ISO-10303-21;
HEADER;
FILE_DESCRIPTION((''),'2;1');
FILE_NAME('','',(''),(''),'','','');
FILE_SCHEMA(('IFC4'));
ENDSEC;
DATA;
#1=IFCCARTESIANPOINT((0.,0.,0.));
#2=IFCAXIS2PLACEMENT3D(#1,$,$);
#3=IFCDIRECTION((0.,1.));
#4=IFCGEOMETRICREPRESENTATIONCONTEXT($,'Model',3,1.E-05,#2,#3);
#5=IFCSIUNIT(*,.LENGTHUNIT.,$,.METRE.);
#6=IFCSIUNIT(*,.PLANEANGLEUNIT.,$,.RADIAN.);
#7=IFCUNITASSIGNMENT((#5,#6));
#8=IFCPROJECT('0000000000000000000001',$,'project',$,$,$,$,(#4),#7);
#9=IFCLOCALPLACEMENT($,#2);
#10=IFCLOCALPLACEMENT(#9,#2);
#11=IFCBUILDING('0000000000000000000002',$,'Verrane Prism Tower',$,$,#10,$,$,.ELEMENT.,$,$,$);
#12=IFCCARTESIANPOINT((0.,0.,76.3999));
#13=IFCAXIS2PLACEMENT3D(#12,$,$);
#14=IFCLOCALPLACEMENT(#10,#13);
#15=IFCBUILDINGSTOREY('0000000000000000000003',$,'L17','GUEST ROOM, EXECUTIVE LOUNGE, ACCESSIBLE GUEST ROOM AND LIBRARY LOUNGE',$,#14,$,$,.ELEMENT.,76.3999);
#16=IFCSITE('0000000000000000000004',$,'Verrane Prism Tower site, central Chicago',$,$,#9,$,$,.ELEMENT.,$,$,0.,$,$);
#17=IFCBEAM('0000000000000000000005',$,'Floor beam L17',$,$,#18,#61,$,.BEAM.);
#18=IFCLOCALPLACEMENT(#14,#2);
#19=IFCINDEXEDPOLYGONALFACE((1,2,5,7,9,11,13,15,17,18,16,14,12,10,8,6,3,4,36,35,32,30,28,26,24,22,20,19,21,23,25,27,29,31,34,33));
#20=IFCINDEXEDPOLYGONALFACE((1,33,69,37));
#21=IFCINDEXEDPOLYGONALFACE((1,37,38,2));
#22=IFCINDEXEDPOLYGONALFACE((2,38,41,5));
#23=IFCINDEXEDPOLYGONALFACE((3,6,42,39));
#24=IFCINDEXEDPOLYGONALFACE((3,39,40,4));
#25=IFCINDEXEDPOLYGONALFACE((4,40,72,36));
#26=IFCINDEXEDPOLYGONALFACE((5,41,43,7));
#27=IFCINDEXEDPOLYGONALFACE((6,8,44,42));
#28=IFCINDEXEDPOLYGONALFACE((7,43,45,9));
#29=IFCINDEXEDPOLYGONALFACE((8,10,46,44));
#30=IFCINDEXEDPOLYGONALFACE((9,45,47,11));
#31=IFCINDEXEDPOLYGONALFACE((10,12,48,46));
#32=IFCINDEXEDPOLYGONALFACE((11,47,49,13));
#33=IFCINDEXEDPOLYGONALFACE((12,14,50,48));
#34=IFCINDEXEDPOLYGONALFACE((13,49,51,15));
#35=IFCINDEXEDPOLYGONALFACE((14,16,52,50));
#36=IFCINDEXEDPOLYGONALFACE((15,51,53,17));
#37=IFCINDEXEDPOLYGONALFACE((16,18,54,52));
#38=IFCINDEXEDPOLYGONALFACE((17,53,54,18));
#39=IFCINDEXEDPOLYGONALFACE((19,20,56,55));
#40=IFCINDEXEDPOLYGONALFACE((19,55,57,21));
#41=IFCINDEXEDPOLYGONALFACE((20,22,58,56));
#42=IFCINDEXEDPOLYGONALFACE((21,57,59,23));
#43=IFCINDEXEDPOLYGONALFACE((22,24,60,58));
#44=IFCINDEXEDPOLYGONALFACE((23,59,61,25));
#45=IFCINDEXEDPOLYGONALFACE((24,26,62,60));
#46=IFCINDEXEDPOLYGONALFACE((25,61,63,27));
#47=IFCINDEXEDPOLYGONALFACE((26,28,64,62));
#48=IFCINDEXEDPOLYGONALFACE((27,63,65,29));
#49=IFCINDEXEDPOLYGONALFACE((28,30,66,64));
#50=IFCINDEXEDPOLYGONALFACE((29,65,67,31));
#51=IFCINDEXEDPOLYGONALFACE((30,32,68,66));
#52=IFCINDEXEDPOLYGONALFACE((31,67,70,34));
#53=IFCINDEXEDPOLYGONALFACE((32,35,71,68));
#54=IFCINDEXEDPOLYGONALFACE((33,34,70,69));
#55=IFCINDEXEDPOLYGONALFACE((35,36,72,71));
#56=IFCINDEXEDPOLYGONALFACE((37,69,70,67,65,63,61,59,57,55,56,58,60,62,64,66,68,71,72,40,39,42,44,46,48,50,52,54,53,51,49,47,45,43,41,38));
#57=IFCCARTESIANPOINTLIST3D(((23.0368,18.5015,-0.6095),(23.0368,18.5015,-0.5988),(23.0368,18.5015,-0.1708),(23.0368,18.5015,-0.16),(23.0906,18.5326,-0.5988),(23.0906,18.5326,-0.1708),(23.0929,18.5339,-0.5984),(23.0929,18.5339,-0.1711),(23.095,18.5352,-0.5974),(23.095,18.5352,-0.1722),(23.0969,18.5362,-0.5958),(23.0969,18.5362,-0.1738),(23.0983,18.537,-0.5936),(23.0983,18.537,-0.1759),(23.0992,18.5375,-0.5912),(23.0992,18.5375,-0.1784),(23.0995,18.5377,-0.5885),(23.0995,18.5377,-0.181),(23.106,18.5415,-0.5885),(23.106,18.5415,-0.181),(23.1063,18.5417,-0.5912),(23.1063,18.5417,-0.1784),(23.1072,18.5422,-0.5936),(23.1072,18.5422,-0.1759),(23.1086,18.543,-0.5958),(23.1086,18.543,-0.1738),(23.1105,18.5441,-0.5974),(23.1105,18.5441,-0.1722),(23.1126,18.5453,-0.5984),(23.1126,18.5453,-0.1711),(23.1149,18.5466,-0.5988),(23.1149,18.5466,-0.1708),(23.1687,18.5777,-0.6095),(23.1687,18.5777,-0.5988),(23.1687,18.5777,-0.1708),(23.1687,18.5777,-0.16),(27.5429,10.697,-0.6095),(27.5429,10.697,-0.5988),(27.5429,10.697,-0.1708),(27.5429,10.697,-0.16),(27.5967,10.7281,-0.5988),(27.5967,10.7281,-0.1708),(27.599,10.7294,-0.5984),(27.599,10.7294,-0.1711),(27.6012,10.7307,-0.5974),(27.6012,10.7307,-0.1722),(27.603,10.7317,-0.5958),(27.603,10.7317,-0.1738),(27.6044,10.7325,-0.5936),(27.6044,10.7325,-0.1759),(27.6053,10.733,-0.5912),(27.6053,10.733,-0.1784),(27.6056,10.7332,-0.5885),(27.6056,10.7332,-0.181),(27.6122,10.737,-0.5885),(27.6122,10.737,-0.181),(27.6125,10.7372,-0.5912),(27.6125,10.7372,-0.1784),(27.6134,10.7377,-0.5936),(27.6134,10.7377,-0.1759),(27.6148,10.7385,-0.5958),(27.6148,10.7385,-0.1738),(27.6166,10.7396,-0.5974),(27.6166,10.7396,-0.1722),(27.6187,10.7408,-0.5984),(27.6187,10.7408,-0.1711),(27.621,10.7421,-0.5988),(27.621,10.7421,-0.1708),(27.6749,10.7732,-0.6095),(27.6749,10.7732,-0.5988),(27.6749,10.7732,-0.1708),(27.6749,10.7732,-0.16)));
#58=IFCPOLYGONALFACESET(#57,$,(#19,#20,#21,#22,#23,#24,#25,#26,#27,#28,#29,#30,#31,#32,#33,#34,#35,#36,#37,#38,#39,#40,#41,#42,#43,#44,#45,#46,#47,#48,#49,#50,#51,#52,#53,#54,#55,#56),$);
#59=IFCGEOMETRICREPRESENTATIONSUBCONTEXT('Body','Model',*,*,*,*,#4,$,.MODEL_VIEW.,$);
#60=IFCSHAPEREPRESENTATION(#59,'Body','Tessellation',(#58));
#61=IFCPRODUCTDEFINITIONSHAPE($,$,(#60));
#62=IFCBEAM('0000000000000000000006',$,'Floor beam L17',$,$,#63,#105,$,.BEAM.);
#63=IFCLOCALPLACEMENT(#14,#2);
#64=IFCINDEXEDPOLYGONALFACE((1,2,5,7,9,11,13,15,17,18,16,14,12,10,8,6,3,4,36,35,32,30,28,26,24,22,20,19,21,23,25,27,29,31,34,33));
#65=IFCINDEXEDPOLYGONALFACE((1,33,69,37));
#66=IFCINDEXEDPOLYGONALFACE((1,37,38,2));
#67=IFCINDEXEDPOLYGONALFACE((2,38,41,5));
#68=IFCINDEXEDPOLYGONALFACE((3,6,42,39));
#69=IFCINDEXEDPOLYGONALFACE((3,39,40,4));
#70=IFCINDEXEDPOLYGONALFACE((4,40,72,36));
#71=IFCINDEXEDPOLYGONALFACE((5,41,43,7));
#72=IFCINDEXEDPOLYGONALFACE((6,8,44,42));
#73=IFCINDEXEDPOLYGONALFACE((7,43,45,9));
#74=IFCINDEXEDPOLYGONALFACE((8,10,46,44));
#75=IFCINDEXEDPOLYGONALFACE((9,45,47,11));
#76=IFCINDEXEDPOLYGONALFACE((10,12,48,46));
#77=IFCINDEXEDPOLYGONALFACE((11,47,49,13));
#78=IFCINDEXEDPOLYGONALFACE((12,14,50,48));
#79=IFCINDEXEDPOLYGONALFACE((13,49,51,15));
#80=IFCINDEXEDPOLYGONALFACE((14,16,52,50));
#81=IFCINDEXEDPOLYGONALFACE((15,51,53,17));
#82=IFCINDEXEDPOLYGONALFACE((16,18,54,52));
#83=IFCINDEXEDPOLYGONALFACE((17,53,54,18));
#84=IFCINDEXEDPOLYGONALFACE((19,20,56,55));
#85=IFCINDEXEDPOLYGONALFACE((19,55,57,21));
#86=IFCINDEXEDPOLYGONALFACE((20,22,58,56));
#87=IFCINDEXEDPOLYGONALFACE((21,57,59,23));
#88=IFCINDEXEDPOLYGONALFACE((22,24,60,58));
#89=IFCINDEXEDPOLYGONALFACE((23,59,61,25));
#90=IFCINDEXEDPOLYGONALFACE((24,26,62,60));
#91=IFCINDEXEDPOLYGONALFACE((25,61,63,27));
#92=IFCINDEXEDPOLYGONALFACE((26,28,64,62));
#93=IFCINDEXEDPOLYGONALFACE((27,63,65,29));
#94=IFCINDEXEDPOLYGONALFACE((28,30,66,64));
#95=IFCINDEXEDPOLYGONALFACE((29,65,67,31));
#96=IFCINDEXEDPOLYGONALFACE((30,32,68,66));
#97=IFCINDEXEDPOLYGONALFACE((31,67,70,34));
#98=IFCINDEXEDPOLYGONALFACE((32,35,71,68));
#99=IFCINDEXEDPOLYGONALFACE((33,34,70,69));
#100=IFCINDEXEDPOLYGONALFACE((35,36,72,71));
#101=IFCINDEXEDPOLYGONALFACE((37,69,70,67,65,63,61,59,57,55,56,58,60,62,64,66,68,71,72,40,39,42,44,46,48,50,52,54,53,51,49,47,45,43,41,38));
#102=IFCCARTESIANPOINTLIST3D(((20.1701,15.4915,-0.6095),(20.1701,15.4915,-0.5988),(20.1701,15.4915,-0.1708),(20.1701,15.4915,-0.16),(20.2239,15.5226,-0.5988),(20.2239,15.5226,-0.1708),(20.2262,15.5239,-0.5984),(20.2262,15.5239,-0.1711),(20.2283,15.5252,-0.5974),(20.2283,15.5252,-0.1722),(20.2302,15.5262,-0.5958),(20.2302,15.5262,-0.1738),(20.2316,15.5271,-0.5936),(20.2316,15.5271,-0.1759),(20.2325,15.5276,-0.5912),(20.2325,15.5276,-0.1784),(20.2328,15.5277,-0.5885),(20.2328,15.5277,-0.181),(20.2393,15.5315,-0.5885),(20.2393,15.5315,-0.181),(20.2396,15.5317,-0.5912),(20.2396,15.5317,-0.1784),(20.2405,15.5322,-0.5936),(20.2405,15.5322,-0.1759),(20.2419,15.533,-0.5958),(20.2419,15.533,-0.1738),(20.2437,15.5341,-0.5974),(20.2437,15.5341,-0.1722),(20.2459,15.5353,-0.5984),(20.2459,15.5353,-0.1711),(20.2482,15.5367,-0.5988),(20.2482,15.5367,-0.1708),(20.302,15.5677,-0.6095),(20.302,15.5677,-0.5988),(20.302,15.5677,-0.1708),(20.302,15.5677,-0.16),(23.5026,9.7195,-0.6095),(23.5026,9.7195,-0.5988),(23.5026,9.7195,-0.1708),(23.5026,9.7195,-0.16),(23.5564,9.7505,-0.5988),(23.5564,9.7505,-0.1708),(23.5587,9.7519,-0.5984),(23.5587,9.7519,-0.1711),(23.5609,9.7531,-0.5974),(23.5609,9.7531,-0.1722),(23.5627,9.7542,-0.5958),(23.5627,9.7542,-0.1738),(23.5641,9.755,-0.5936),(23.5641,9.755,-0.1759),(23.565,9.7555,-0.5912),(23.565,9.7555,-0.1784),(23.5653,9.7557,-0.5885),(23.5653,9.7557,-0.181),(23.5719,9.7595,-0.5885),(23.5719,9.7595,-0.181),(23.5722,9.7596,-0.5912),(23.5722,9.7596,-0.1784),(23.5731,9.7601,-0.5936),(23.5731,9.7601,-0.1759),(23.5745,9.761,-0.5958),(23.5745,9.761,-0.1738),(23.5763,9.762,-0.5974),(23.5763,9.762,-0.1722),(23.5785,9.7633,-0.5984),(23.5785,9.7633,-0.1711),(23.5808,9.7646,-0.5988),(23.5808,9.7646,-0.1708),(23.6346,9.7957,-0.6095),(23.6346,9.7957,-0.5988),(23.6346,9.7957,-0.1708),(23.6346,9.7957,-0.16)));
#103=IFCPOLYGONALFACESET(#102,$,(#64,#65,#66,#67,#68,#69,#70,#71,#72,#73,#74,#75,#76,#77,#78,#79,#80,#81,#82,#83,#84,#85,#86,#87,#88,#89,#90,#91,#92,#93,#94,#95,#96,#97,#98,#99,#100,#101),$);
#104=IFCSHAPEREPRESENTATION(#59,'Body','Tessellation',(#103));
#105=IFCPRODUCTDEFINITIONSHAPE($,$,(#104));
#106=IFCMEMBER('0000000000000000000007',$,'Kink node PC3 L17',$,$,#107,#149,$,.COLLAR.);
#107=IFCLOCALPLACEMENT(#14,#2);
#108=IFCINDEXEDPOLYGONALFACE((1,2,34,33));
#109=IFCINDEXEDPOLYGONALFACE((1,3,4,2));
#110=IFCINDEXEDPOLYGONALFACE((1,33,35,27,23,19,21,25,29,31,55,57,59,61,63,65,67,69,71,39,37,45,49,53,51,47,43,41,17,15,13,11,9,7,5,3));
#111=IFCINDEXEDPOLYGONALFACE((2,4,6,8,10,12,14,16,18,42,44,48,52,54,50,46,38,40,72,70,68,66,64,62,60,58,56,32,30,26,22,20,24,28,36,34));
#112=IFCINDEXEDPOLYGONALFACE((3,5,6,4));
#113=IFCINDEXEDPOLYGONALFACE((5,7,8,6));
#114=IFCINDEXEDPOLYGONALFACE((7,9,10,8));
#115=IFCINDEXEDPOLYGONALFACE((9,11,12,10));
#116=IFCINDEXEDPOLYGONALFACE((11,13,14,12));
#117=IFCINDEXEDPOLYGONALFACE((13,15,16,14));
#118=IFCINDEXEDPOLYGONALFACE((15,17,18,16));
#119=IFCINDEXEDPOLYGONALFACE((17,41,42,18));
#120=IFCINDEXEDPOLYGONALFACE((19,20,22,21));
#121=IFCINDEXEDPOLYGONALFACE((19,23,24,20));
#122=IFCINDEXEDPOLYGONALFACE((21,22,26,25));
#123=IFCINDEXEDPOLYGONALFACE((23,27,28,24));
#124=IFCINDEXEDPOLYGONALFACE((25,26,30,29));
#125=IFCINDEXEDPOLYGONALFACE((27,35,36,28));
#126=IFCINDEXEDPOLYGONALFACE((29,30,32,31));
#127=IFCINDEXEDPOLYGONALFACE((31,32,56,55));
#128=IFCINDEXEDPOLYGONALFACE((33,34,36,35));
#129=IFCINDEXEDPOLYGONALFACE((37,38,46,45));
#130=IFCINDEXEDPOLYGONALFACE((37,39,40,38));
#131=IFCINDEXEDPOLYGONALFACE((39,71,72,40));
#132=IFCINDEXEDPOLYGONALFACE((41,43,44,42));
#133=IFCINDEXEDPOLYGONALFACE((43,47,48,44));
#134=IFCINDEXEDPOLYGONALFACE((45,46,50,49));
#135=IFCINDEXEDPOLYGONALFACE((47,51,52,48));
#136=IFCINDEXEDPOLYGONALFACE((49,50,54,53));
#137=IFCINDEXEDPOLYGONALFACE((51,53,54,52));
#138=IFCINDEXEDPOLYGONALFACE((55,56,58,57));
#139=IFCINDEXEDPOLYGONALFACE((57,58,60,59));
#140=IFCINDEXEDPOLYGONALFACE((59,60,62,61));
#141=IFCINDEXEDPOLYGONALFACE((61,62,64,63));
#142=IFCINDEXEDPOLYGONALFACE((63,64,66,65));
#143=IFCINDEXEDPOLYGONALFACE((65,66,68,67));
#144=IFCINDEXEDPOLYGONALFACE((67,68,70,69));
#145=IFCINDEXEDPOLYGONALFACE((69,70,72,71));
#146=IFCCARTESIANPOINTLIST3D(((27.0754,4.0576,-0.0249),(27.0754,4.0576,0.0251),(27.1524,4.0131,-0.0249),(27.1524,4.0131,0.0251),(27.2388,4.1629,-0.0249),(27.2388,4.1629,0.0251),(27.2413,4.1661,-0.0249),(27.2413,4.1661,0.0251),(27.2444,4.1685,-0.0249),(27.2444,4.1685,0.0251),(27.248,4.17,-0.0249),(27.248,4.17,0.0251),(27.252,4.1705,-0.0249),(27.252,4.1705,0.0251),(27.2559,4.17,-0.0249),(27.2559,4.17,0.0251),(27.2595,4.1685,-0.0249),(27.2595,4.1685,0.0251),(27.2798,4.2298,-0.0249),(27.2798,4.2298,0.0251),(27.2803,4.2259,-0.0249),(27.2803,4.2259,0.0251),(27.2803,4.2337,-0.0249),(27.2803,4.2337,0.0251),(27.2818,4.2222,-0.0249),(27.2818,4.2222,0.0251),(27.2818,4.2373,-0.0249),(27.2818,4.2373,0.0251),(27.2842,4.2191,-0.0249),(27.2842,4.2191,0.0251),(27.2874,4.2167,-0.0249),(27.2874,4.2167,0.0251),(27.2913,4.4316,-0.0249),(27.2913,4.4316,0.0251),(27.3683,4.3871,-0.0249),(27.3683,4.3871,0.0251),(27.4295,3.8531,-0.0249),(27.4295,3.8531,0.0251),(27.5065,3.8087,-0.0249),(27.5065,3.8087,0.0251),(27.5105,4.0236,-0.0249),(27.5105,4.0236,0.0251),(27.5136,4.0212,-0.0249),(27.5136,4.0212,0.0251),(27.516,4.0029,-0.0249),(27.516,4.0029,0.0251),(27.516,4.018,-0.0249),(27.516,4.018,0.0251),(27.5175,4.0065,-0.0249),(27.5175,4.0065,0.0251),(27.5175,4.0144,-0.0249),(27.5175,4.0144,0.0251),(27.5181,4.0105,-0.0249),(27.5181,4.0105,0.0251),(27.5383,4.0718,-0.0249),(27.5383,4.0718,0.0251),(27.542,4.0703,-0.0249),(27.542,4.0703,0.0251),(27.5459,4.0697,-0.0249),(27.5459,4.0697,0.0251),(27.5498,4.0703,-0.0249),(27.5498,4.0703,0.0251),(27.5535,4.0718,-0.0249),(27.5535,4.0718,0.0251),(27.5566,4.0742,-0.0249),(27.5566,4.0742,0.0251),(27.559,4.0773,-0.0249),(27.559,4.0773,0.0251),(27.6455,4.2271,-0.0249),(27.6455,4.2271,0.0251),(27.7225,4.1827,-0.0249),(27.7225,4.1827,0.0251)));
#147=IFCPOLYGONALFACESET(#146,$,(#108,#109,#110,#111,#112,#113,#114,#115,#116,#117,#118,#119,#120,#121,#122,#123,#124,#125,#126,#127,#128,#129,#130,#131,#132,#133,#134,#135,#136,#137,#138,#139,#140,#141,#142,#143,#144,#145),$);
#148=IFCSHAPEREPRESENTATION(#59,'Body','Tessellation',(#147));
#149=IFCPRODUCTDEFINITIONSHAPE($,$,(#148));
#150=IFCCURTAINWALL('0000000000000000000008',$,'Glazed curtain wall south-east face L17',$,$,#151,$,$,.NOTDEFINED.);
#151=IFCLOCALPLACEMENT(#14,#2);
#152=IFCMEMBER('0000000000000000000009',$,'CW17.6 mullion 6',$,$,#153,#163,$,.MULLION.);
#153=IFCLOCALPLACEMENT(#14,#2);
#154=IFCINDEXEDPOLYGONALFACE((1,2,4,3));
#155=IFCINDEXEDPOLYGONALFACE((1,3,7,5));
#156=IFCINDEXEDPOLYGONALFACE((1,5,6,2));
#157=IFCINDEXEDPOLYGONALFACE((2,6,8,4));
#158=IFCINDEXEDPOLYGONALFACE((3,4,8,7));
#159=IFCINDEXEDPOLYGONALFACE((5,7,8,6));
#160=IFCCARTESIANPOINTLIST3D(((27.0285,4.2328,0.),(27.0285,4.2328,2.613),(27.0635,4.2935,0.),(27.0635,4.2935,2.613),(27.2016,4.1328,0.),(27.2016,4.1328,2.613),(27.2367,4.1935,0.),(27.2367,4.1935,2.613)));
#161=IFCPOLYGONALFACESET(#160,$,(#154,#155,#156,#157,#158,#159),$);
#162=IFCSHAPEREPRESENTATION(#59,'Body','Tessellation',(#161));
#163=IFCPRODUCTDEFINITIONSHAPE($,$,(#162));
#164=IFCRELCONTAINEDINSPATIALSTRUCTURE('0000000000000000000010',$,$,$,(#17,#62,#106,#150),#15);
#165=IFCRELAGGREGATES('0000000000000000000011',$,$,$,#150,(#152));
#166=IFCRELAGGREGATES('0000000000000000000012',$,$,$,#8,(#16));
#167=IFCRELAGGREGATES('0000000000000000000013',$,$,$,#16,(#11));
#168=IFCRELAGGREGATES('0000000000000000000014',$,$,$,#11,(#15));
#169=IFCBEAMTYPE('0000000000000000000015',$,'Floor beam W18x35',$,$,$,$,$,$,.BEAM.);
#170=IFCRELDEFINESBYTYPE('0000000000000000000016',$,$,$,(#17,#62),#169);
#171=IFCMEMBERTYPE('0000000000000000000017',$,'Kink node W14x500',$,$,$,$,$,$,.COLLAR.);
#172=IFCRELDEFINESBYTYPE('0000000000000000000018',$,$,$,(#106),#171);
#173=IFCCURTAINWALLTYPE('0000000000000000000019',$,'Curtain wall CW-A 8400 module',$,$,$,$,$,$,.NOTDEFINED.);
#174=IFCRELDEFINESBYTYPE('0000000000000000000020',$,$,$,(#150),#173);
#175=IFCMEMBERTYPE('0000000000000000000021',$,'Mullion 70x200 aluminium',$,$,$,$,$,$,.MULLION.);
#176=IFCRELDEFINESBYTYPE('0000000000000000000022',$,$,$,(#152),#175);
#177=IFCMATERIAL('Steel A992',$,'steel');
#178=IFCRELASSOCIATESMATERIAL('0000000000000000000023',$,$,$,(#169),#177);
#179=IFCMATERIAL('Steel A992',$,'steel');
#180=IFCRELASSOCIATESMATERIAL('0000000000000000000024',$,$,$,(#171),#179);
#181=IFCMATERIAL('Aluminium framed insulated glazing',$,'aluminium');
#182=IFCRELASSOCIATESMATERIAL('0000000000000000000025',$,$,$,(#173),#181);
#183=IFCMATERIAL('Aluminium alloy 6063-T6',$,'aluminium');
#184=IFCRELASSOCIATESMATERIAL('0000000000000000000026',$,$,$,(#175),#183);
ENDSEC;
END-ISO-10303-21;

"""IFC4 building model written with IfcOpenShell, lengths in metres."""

from ifc_helpers import new_model, si_unit, direction, frame, origin, origin_2d, place, context, subcontext, project, spatial, rectangle, i_section, extrude, material, material_profile, profile_set, type_object, element, aggregate, save


model = new_model("IFC4")

# Units and contexts
model_context = context("Model", 3, precision=1e-05, world=origin(), true_north=direction((0.0, 1.0)))
body_context = subcontext(model_context, "Body", "Model", "MODEL_VIEW")
ifc_project = project(units=[si_unit("LENGTHUNIT", "METRE"), si_unit("PLANEANGLEUNIT", "RADIAN")], contexts=[model_context])

# Site, building, storey
site_placement = place(None, origin())
site = spatial("IfcSite", under=ifc_project, at=site_placement, Name="Verrane Prism Tower site, central Chicago", CompositionType="ELEMENT", RefElevation=0.0)
building_placement = place(site_placement, origin())
building = spatial("IfcBuilding", under=site, at=building_placement, Name="Verrane Prism Tower", CompositionType="ELEMENT")
storey_placement = place(building_placement, frame((0.0, 0.0, 76.3999)))
storey = spatial("IfcBuildingStorey", under=building, at=storey_placement, Name="L17", Description="GUEST ROOM, EXECUTIVE LOUNGE, ACCESSIBLE GUEST ROOM AND LIBRARY LOUNGE", CompositionType="ELEMENT", Elevation=76.3999)

# Beams
ifc_material_1 = material(Name="Steel A992", Category="steel")
ifc_material_profile_1 = material_profile(ifc_material_1, i_section(OverallWidth=0.1523, OverallDepth=0.4495, WebThickness=0.0076, FlangeThickness=0.0107, FilletRadius=0.0103, at=origin_2d()), Name="W18x35")
ifc_profile_set_1 = profile_set([ifc_material_profile_1], Name="Steel A992")
beam_type_1 = type_object("IfcBeamType", Name="Floor beam W18x35", PredefinedType="BEAM", material=ifc_profile_set_1)
beam_1_placement = place(storey_placement, frame((27.6089, 10.7351, -0.3848), z_axis=(-0.500017, 0.866016, 0.0), x_axis=(-0.866016, -0.500017, 0.0)))
element("IfcBeam", 1, at=beam_1_placement, inside=storey, type_object=beam_type_1, Name="Floor beam L17", PredefinedType="BEAM", context=body_context, shape_type="SweptSolid", body=[
    extrude(i_section(OverallWidth=0.1523, OverallDepth=0.4495, WebThickness=0.0076, FlangeThickness=0.0107, FilletRadius=0.0103, at=origin_2d()), origin(), (0.0, 0.0, 1.0), 9.012),
])
beam_2_placement = place(storey_placement, frame((23.5686, 9.7576, -0.3848), z_axis=(-0.500008, 0.866021, 0.0), x_axis=(-0.866021, -0.500008, 0.0)))
element("IfcBeam", 2, at=beam_2_placement, inside=storey, type_object=beam_type_1, Name="Floor beam L17", PredefinedType="BEAM", context=body_context, shape_type="SweptSolid", body=[
    extrude(i_section(OverallWidth=0.1523, OverallDepth=0.4495, WebThickness=0.0076, FlangeThickness=0.0107, FilletRadius=0.0103, at=origin_2d()), origin(), (0.0, 0.0, 1.0), 6.665),
])

# Member
ifc_material_2 = material(Name="Steel A992", Category="steel")
ifc_material_profile_2 = material_profile(ifc_material_2, i_section(OverallWidth=0.4319, OverallDepth=0.4978, WebThickness=0.0557, FlangeThickness=0.0889, FilletRadius=0.0151, at=origin_2d()), Name="W14x500")
ifc_profile_set_2 = profile_set([ifc_material_profile_2], Name="Steel A992")
member_type_1 = type_object("IfcMemberType", Name="Kink node W14x500", PredefinedType="COLLAR", material=ifc_profile_set_2)
member_1_placement = place(storey_placement, frame((27.3989, 4.1201, -0.0249), z_axis=(0.0, 0.0, 1.0), x_axis=(-0.5, -0.866025, 0.0)))
element("IfcMember", 3, at=member_1_placement, inside=storey, type_object=member_type_1, Name="Kink node PC3 L17", PredefinedType="COLLAR", context=body_context, shape_type="SweptSolid", body=[
    extrude(i_section(OverallWidth=0.4319, OverallDepth=0.4978, WebThickness=0.0557, FlangeThickness=0.0889, FilletRadius=0.0151, at=origin_2d()), origin(), (0.0, 0.0, 1.0), 0.05),
])

# Curtain wall, member
ifc_material_3 = material(Name="Aluminium framed insulated glazing", Category="aluminium")
curtain_wall_type = type_object("IfcCurtainWallType", Name="Curtain wall CW-A 8400 module", PredefinedType="NOTDEFINED", material=ifc_material_3)
curtain_wall_placement = place(storey_placement, origin())
curtain_wall = element("IfcCurtainWall", 4, at=curtain_wall_placement, inside=storey, type_object=curtain_wall_type, Name="Glazed curtain wall south-east face L17", PredefinedType="NOTDEFINED")
ifc_material_4 = material(Name="Aluminium alloy 6063-T6", Category="aluminium")
ifc_material_profile_3 = material_profile(ifc_material_4, rectangle(XDim=0.2, YDim=0.0701, at=origin_2d()), Name="Mullion 70x200 aluminium")
ifc_profile_set_3 = profile_set([ifc_material_profile_3], Name="Aluminium alloy 6063-T6")
member_type_2 = type_object("IfcMemberType", Name="Mullion 70x200 aluminium", PredefinedType="MULLION", material=ifc_profile_set_3)
member_2_placement = place(storey_placement, frame((27.1326, 4.2131, 0.0), z_axis=(0.0, 0.0, 1.0), x_axis=(-0.866026, 0.499999, 0.0)))
member_2 = element("IfcMember", 5, at=member_2_placement, type_object=member_type_2, Name="CW17.6 mullion 6", PredefinedType="MULLION", context=body_context, shape_type="SweptSolid", body=[
    extrude(rectangle(XDim=0.2, YDim=0.0701, at=origin_2d()), origin(), (0.0, 0.0, 1.0), 2.613),
])

aggregate(curtain_wall, [member_2])

save(model, "model.ifc")
